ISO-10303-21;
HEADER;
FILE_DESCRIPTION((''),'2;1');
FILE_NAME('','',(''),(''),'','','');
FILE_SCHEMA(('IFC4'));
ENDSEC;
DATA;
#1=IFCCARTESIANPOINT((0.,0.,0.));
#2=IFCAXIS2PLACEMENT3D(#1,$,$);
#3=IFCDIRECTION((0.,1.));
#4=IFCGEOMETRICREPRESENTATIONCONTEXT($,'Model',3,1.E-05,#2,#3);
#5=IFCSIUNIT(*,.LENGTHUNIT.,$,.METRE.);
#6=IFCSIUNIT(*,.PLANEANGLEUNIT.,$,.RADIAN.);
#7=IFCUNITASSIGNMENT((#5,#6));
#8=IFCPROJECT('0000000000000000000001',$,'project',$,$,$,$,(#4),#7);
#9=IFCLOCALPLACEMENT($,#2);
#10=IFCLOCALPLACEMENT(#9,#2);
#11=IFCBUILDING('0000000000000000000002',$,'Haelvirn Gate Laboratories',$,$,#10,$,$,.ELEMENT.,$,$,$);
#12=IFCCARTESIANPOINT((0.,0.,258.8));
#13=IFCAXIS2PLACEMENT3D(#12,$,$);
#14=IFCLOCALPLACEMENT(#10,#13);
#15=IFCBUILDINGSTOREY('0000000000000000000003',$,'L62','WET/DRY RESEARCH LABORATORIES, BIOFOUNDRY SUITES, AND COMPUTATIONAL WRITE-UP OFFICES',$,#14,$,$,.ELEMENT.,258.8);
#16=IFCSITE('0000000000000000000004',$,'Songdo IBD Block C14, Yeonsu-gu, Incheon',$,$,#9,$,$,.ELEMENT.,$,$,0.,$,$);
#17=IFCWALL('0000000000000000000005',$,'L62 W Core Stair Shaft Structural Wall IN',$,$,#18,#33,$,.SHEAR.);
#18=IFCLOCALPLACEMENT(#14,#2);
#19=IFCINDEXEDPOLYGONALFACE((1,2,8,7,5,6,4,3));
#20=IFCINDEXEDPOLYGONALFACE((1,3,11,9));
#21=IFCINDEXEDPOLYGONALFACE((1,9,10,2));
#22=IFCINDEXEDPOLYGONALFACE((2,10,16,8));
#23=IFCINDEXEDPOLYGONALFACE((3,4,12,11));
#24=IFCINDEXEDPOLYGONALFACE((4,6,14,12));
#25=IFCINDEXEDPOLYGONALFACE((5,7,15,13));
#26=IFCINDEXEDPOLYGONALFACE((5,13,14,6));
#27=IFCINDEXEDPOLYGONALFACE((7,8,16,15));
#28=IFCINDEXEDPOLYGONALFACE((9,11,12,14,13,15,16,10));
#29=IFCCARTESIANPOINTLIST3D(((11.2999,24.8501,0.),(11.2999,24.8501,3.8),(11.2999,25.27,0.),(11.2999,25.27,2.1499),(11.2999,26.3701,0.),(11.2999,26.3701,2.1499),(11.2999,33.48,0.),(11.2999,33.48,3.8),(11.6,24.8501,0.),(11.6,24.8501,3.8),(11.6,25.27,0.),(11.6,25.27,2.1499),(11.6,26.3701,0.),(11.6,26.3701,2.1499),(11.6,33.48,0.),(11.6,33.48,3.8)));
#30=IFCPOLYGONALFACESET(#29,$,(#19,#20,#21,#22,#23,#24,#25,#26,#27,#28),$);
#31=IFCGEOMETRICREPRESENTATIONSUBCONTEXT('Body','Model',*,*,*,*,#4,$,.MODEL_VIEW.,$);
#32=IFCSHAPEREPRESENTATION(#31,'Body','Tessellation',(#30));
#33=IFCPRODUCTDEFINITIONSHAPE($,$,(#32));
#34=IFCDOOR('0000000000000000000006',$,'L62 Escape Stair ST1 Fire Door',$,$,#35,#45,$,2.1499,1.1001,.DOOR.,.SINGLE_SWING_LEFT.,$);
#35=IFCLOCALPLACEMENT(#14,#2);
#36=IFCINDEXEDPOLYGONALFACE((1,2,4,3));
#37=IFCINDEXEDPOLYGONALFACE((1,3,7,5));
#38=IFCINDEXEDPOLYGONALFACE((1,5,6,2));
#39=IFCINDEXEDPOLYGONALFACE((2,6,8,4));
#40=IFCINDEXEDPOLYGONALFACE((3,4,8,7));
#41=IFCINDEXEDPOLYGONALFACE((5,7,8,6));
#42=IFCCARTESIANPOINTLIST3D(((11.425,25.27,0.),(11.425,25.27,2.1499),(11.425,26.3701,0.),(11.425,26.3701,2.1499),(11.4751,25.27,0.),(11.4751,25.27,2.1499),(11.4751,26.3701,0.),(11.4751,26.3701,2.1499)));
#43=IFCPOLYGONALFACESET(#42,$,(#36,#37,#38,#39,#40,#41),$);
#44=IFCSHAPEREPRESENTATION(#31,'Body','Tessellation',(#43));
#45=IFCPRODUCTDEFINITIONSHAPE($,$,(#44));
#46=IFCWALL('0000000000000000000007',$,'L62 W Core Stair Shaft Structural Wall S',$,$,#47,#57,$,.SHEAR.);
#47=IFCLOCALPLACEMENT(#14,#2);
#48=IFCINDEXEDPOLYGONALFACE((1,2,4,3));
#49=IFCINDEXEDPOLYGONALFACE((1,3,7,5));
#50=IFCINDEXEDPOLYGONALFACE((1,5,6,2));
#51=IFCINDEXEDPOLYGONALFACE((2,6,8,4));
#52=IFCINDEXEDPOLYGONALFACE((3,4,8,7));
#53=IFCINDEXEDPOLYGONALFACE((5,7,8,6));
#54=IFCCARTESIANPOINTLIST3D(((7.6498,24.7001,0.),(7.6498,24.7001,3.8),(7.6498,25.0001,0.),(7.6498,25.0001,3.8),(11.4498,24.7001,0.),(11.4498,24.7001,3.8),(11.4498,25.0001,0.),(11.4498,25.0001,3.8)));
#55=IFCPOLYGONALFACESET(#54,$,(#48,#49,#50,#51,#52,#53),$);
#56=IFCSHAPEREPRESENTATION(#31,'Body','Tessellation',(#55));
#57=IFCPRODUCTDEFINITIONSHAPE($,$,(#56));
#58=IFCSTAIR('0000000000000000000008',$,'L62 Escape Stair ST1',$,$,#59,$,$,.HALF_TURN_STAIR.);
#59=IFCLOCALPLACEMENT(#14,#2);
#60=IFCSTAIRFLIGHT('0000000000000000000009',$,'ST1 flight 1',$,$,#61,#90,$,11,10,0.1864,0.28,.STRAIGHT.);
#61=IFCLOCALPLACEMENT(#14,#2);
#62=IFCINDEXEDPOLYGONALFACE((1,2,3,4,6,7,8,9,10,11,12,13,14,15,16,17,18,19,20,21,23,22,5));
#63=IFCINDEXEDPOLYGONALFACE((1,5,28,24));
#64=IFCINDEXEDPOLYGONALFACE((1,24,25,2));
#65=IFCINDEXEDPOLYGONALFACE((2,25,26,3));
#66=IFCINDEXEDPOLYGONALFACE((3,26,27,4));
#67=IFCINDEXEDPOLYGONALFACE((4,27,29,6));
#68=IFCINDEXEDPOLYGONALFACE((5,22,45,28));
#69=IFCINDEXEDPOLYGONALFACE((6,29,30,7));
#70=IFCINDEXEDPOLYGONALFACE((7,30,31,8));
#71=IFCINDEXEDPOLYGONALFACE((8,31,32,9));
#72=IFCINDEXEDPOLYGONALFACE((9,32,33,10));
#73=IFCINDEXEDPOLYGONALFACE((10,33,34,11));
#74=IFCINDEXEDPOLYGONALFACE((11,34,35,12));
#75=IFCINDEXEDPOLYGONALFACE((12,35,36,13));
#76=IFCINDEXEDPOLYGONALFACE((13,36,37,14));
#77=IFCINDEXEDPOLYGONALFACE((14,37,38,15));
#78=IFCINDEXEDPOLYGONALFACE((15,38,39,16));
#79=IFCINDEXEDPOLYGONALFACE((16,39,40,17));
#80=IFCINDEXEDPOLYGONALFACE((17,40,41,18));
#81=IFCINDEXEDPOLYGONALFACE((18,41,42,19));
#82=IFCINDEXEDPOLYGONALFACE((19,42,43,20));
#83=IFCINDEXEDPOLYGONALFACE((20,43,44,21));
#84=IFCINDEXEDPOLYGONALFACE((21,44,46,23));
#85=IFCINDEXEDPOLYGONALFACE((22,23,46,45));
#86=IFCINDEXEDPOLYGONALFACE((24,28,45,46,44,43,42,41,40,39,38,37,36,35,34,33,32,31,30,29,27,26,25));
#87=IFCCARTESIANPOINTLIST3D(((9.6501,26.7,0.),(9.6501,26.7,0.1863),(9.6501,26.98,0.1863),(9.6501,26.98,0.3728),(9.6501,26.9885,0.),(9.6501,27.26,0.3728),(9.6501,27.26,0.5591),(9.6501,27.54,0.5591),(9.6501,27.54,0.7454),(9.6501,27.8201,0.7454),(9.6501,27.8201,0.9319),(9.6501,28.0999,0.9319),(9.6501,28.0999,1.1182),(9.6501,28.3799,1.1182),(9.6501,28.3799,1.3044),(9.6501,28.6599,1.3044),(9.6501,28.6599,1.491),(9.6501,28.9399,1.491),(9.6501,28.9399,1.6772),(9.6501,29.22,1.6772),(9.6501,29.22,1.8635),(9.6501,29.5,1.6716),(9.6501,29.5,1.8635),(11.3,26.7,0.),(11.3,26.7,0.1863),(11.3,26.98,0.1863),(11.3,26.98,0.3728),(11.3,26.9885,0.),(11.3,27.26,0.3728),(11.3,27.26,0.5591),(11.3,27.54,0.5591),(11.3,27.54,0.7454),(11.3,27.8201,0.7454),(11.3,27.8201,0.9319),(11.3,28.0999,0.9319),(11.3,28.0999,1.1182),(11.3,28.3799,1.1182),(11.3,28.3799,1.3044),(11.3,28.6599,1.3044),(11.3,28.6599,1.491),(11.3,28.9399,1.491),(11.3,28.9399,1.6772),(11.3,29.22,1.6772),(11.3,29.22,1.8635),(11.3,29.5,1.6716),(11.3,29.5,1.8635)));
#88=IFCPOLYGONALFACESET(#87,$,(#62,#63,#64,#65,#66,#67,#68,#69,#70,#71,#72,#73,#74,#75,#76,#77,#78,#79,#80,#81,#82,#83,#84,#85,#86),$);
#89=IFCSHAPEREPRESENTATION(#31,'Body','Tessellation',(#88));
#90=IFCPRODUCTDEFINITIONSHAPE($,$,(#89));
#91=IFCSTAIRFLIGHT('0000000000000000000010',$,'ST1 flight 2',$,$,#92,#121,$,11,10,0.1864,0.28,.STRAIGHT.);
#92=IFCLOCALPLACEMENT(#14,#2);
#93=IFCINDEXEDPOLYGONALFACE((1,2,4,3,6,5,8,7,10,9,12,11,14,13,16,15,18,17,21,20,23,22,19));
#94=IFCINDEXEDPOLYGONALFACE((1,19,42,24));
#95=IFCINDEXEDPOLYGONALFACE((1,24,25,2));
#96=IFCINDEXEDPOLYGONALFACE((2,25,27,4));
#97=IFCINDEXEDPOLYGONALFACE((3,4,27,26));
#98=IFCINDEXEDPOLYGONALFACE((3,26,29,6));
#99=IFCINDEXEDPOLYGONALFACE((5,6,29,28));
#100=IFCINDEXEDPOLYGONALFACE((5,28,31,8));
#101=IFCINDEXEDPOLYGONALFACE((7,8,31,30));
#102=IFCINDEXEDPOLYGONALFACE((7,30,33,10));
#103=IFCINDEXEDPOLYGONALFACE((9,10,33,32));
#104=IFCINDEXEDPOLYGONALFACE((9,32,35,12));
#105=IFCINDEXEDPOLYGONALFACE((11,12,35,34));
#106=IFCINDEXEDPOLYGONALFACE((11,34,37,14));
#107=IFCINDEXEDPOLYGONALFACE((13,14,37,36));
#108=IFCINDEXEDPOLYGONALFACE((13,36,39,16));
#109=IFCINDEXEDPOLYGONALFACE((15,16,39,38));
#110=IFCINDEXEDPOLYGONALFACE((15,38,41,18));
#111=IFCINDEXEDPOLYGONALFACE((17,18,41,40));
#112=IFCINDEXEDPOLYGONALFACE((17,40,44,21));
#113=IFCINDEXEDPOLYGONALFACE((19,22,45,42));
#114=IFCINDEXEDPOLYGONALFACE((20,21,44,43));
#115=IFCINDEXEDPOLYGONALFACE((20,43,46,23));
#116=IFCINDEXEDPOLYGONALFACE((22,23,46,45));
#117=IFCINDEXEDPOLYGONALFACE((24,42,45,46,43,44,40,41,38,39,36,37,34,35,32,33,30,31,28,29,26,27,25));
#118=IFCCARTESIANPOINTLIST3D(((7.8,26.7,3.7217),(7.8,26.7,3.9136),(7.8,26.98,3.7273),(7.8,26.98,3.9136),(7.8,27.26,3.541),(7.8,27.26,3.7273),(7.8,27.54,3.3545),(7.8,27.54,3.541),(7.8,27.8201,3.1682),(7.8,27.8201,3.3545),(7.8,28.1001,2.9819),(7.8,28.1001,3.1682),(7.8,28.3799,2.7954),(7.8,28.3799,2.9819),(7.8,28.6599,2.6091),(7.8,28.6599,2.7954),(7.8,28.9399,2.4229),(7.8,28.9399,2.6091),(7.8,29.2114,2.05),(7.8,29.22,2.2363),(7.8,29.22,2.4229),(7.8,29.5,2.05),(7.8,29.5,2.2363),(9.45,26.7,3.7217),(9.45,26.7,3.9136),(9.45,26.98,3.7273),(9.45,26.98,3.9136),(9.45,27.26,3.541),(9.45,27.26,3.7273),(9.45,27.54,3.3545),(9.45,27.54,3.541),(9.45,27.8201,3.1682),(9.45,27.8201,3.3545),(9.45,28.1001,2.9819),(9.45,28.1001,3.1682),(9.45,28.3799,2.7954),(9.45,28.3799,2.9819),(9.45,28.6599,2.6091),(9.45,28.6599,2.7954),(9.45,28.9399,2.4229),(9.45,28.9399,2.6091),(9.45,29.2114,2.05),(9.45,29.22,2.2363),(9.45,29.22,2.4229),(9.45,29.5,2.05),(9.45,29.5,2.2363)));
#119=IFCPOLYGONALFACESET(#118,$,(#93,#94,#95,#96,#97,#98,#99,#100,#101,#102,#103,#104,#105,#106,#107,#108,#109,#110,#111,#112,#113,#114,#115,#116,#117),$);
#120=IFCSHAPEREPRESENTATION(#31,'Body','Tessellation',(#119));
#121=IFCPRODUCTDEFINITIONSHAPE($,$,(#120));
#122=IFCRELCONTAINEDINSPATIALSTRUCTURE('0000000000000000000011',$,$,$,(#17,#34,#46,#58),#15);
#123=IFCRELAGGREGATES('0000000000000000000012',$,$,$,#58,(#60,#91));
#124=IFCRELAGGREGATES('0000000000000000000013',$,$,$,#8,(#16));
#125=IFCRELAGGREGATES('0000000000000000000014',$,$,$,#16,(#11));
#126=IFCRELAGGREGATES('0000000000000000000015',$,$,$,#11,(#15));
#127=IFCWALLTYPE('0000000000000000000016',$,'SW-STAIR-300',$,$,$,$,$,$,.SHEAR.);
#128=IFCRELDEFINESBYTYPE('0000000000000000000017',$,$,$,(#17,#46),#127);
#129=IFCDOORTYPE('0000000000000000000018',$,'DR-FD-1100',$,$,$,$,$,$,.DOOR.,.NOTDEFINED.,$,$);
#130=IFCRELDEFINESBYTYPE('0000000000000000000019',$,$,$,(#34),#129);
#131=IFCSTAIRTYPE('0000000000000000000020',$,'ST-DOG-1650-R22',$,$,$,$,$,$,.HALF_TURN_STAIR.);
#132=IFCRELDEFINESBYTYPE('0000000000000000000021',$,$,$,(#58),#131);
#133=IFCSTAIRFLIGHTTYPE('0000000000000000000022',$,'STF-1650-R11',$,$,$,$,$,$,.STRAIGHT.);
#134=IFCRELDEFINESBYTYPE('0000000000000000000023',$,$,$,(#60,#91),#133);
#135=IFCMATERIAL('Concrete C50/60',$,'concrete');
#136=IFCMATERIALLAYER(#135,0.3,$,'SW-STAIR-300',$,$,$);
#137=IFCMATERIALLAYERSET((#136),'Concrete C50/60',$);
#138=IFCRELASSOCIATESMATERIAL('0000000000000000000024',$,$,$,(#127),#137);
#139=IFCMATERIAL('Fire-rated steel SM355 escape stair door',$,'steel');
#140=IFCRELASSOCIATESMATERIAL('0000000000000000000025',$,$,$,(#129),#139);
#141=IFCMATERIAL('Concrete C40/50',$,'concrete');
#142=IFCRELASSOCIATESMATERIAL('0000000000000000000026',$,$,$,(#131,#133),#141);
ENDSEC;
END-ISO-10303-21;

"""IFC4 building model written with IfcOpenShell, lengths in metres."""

from ifc_helpers import new_model, si_unit, direction, frame, frame_2d, origin, place, context, subcontext, project, spatial, polyline, rectangle, outline, extrude, source, transform, mapped, material, layer, layer_set, type_object, type_shapes, element, fill, aggregate, save


model = new_model("IFC4")

# Units and contexts
model_context = context("Model", 3, precision=1e-05, world=origin(), true_north=direction((0.0, 1.0)))
body_context = subcontext(model_context, "Body", "Model", "MODEL_VIEW")
ifc_project = project(units=[si_unit("LENGTHUNIT", "METRE"), si_unit("PLANEANGLEUNIT", "RADIAN")], contexts=[model_context])

# Site, building, storey
site_placement = place(None, origin())
site = spatial("IfcSite", under=ifc_project, at=site_placement, Name="Songdo IBD Block C14, Yeonsu-gu, Incheon", CompositionType="ELEMENT", RefElevation=0.0)
building_placement = place(site_placement, origin())
building = spatial("IfcBuilding", under=site, at=building_placement, Name="Haelvirn Gate Laboratories", CompositionType="ELEMENT")
storey_placement = place(building_placement, frame((0.0, 0.0, 258.8)))
storey = spatial("IfcBuildingStorey", under=building, at=storey_placement, Name="L62", Description="WET/DRY RESEARCH LABORATORIES, BIOFOUNDRY SUITES, AND COMPUTATIONAL WRITE-UP OFFICES", CompositionType="ELEMENT", Elevation=258.8)

# Shared definitions
ifc_material_1 = material(Name="Concrete C50/60", Category="concrete")

# Shared definitions
ifc_material_2 = material(Name="Concrete C40/50", Category="concrete")

# Wall, opening, door
ifc_layer_1 = layer(ifc_material_1, 0.3, Name="SW-STAIR-300")
ifc_layer_set_1 = layer_set([ifc_layer_1], Name="Concrete C50/60")
wall_type_1 = type_object("IfcWallType", Name="SW-STAIR-300", PredefinedType="SHEAR", material=ifc_layer_set_1)
wall_1_placement = place(storey_placement, frame((11.45, 24.8501, 0.0), z_axis=(0.0, 0.0, 1.0), x_axis=(0.0, 1.0, 0.0)))
wall_1 = element("IfcWall", 1, at=wall_1_placement, inside=storey, type_object=wall_type_1, Name="L62 W Core Stair Shaft Structural Wall IN", PredefinedType="SHEAR", context=body_context, shape_type="SweptSolid", body=[
    extrude(rectangle(XDim=8.6299, YDim=0.3, at=frame_2d((4.3149, 0.0))), origin(), (0.0, 0.0, 1.0), 3.8),
])
opening_1_placement = place(wall_1_placement, frame((0.4199, 0.0, 0.0)))
opening_1 = element("IfcOpeningElement", 2, at=opening_1_placement, cuts=wall_1, PredefinedType="OPENING", context=body_context, shape_type="SweptSolid", body=[
    extrude(rectangle(XDim=1.1001, YDim=2.1499, at=frame_2d((0.55, 1.075))), frame((0.0, 0.1602, 0.0), z_axis=(0.0, -1.0, 0.0), x_axis=(1.0, 0.0, 0.0)), (0.0, 0.0, 1.0), 0.3201),
])
ifc_material_3 = material(Name="Fire-rated steel SM355 escape stair door", Category="steel")
door_type_1 = type_object("IfcDoorType", Name="DR-FD-1100", OperationType="NOTDEFINED", PredefinedType="DOOR", material=ifc_material_3)
shared_shape_1 = source(origin(), body_context, "Body", "SweptSolid", [
    extrude(rectangle(XDim=1.1001, YDim=2.1499, at=frame_2d((0.55, 1.075))), frame((0.0, 0.0249, 0.0), z_axis=(0.0, -1.0, 0.0), x_axis=(1.0, 0.0, 0.0)), (0.0, 0.0, 1.0), 0.05),
])
type_shapes(door_type_1, [shared_shape_1])
door_1_placement = place(opening_1_placement, origin())
door_1 = element("IfcDoor", 3, at=door_1_placement, inside=storey, type_object=door_type_1, Name="L62 Escape Stair ST1 Fire Door", OperationType="SINGLE_SWING_LEFT", OverallHeight=2.1499, OverallWidth=1.1001, PredefinedType="DOOR", context=body_context, shape_type="MappedRepresentation", body=[
    mapped(shared_shape_1, transform((0.0, 0.0, 0.0), scale=1.0)),
])
fill(opening_1, door_1)

# Wall
wall_2_placement = place(storey_placement, frame((7.6499, 24.8501, 0.0), z_axis=(0.0, 0.0, 1.0), x_axis=(1.0, 0.0, 0.0)))
element("IfcWall", 4, at=wall_2_placement, inside=storey, type_object=wall_type_1, Name="L62 W Core Stair Shaft Structural Wall S", PredefinedType="SHEAR", context=body_context, shape_type="SweptSolid", body=[
    extrude(rectangle(XDim=3.8, YDim=0.3, at=frame_2d((1.8999, 0.0))), origin(), (0.0, 0.0, 1.0), 3.8),
])

# Stair, stair flights
stair_type = type_object("IfcStairType", Name="ST-DOG-1650-R22", PredefinedType="HALF_TURN_STAIR", material=ifc_material_2)
stair_placement = place(storey_placement, origin())
stair = element("IfcStair", 5, at=stair_placement, inside=storey, type_object=stair_type, Name="L62 Escape Stair ST1", PredefinedType="HALF_TURN_STAIR")
stair_flight_type = type_object("IfcStairFlightType", Name="STF-1650-R11", PredefinedType="STRAIGHT", material=ifc_material_2)
shared_shape_2 = source(origin(), body_context, "Body", "SweptSolid", [
    extrude(outline(polyline([(0.0, 0.0), (0.0, 0.1863), (0.28, 0.1863), (0.28, 0.3728), (0.5601, 0.3728), (0.5601, 0.5591), (0.8401, 0.5591), (0.8401, 0.7454), (1.1201, 0.7454), (1.1201, 0.9319), (1.3999, 0.9319), (1.3999, 1.1182), (1.6799, 1.1182), (1.6799, 1.3044), (1.96, 1.3044), (1.96, 1.491), (2.24, 1.491), (2.24, 1.6772), (2.52, 1.6772), (2.52, 1.8635), (2.8, 1.8635), (2.8, 2.05), (2.8, 1.6716), (0.2886, 0.0), (0.0, 0.0)])), frame((0.0, 0.825, 0.0), z_axis=(0.0, -1.0, 0.0), x_axis=(1.0, 0.0, 0.0)), (0.0, 0.0, 1.0), 1.6499),
])
type_shapes(stair_flight_type, [shared_shape_2])
stair_flight_1_placement = place(storey_placement, frame((10.4751, 26.7, 0.0), z_axis=(0.0, 0.0, 1.0), x_axis=(0.0, 1.0, 0.0)))
stair_flight_1 = element("IfcStairFlight", 6, at=stair_flight_1_placement, type_object=stair_flight_type, Name="ST1 flight 1", NumberOfRisers=11, NumberOfTreads=10, PredefinedType="STRAIGHT", RiserHeight=0.1864, TreadLength=0.28, context=body_context, shape_type="MappedRepresentation", body=[
    mapped(shared_shape_2, transform((0.0, 0.0, 0.0), scale=1.0)),
])
stair_flight_2_placement = place(storey_placement, frame((8.625, 29.5, 2.05), z_axis=(0.0, 0.0, 1.0), x_axis=(0.0, -1.0, 0.0)))
stair_flight_2 = element("IfcStairFlight", 7, at=stair_flight_2_placement, type_object=stair_flight_type, Name="ST1 flight 2", NumberOfRisers=11, NumberOfTreads=10, PredefinedType="STRAIGHT", RiserHeight=0.1864, TreadLength=0.28, context=body_context, shape_type="MappedRepresentation", body=[
    mapped(shared_shape_2, transform((0.0, 0.0, 0.0), scale=1.0)),
])
aggregate(stair, [stair_flight_1, stair_flight_2])

save(model, "model.ifc")
